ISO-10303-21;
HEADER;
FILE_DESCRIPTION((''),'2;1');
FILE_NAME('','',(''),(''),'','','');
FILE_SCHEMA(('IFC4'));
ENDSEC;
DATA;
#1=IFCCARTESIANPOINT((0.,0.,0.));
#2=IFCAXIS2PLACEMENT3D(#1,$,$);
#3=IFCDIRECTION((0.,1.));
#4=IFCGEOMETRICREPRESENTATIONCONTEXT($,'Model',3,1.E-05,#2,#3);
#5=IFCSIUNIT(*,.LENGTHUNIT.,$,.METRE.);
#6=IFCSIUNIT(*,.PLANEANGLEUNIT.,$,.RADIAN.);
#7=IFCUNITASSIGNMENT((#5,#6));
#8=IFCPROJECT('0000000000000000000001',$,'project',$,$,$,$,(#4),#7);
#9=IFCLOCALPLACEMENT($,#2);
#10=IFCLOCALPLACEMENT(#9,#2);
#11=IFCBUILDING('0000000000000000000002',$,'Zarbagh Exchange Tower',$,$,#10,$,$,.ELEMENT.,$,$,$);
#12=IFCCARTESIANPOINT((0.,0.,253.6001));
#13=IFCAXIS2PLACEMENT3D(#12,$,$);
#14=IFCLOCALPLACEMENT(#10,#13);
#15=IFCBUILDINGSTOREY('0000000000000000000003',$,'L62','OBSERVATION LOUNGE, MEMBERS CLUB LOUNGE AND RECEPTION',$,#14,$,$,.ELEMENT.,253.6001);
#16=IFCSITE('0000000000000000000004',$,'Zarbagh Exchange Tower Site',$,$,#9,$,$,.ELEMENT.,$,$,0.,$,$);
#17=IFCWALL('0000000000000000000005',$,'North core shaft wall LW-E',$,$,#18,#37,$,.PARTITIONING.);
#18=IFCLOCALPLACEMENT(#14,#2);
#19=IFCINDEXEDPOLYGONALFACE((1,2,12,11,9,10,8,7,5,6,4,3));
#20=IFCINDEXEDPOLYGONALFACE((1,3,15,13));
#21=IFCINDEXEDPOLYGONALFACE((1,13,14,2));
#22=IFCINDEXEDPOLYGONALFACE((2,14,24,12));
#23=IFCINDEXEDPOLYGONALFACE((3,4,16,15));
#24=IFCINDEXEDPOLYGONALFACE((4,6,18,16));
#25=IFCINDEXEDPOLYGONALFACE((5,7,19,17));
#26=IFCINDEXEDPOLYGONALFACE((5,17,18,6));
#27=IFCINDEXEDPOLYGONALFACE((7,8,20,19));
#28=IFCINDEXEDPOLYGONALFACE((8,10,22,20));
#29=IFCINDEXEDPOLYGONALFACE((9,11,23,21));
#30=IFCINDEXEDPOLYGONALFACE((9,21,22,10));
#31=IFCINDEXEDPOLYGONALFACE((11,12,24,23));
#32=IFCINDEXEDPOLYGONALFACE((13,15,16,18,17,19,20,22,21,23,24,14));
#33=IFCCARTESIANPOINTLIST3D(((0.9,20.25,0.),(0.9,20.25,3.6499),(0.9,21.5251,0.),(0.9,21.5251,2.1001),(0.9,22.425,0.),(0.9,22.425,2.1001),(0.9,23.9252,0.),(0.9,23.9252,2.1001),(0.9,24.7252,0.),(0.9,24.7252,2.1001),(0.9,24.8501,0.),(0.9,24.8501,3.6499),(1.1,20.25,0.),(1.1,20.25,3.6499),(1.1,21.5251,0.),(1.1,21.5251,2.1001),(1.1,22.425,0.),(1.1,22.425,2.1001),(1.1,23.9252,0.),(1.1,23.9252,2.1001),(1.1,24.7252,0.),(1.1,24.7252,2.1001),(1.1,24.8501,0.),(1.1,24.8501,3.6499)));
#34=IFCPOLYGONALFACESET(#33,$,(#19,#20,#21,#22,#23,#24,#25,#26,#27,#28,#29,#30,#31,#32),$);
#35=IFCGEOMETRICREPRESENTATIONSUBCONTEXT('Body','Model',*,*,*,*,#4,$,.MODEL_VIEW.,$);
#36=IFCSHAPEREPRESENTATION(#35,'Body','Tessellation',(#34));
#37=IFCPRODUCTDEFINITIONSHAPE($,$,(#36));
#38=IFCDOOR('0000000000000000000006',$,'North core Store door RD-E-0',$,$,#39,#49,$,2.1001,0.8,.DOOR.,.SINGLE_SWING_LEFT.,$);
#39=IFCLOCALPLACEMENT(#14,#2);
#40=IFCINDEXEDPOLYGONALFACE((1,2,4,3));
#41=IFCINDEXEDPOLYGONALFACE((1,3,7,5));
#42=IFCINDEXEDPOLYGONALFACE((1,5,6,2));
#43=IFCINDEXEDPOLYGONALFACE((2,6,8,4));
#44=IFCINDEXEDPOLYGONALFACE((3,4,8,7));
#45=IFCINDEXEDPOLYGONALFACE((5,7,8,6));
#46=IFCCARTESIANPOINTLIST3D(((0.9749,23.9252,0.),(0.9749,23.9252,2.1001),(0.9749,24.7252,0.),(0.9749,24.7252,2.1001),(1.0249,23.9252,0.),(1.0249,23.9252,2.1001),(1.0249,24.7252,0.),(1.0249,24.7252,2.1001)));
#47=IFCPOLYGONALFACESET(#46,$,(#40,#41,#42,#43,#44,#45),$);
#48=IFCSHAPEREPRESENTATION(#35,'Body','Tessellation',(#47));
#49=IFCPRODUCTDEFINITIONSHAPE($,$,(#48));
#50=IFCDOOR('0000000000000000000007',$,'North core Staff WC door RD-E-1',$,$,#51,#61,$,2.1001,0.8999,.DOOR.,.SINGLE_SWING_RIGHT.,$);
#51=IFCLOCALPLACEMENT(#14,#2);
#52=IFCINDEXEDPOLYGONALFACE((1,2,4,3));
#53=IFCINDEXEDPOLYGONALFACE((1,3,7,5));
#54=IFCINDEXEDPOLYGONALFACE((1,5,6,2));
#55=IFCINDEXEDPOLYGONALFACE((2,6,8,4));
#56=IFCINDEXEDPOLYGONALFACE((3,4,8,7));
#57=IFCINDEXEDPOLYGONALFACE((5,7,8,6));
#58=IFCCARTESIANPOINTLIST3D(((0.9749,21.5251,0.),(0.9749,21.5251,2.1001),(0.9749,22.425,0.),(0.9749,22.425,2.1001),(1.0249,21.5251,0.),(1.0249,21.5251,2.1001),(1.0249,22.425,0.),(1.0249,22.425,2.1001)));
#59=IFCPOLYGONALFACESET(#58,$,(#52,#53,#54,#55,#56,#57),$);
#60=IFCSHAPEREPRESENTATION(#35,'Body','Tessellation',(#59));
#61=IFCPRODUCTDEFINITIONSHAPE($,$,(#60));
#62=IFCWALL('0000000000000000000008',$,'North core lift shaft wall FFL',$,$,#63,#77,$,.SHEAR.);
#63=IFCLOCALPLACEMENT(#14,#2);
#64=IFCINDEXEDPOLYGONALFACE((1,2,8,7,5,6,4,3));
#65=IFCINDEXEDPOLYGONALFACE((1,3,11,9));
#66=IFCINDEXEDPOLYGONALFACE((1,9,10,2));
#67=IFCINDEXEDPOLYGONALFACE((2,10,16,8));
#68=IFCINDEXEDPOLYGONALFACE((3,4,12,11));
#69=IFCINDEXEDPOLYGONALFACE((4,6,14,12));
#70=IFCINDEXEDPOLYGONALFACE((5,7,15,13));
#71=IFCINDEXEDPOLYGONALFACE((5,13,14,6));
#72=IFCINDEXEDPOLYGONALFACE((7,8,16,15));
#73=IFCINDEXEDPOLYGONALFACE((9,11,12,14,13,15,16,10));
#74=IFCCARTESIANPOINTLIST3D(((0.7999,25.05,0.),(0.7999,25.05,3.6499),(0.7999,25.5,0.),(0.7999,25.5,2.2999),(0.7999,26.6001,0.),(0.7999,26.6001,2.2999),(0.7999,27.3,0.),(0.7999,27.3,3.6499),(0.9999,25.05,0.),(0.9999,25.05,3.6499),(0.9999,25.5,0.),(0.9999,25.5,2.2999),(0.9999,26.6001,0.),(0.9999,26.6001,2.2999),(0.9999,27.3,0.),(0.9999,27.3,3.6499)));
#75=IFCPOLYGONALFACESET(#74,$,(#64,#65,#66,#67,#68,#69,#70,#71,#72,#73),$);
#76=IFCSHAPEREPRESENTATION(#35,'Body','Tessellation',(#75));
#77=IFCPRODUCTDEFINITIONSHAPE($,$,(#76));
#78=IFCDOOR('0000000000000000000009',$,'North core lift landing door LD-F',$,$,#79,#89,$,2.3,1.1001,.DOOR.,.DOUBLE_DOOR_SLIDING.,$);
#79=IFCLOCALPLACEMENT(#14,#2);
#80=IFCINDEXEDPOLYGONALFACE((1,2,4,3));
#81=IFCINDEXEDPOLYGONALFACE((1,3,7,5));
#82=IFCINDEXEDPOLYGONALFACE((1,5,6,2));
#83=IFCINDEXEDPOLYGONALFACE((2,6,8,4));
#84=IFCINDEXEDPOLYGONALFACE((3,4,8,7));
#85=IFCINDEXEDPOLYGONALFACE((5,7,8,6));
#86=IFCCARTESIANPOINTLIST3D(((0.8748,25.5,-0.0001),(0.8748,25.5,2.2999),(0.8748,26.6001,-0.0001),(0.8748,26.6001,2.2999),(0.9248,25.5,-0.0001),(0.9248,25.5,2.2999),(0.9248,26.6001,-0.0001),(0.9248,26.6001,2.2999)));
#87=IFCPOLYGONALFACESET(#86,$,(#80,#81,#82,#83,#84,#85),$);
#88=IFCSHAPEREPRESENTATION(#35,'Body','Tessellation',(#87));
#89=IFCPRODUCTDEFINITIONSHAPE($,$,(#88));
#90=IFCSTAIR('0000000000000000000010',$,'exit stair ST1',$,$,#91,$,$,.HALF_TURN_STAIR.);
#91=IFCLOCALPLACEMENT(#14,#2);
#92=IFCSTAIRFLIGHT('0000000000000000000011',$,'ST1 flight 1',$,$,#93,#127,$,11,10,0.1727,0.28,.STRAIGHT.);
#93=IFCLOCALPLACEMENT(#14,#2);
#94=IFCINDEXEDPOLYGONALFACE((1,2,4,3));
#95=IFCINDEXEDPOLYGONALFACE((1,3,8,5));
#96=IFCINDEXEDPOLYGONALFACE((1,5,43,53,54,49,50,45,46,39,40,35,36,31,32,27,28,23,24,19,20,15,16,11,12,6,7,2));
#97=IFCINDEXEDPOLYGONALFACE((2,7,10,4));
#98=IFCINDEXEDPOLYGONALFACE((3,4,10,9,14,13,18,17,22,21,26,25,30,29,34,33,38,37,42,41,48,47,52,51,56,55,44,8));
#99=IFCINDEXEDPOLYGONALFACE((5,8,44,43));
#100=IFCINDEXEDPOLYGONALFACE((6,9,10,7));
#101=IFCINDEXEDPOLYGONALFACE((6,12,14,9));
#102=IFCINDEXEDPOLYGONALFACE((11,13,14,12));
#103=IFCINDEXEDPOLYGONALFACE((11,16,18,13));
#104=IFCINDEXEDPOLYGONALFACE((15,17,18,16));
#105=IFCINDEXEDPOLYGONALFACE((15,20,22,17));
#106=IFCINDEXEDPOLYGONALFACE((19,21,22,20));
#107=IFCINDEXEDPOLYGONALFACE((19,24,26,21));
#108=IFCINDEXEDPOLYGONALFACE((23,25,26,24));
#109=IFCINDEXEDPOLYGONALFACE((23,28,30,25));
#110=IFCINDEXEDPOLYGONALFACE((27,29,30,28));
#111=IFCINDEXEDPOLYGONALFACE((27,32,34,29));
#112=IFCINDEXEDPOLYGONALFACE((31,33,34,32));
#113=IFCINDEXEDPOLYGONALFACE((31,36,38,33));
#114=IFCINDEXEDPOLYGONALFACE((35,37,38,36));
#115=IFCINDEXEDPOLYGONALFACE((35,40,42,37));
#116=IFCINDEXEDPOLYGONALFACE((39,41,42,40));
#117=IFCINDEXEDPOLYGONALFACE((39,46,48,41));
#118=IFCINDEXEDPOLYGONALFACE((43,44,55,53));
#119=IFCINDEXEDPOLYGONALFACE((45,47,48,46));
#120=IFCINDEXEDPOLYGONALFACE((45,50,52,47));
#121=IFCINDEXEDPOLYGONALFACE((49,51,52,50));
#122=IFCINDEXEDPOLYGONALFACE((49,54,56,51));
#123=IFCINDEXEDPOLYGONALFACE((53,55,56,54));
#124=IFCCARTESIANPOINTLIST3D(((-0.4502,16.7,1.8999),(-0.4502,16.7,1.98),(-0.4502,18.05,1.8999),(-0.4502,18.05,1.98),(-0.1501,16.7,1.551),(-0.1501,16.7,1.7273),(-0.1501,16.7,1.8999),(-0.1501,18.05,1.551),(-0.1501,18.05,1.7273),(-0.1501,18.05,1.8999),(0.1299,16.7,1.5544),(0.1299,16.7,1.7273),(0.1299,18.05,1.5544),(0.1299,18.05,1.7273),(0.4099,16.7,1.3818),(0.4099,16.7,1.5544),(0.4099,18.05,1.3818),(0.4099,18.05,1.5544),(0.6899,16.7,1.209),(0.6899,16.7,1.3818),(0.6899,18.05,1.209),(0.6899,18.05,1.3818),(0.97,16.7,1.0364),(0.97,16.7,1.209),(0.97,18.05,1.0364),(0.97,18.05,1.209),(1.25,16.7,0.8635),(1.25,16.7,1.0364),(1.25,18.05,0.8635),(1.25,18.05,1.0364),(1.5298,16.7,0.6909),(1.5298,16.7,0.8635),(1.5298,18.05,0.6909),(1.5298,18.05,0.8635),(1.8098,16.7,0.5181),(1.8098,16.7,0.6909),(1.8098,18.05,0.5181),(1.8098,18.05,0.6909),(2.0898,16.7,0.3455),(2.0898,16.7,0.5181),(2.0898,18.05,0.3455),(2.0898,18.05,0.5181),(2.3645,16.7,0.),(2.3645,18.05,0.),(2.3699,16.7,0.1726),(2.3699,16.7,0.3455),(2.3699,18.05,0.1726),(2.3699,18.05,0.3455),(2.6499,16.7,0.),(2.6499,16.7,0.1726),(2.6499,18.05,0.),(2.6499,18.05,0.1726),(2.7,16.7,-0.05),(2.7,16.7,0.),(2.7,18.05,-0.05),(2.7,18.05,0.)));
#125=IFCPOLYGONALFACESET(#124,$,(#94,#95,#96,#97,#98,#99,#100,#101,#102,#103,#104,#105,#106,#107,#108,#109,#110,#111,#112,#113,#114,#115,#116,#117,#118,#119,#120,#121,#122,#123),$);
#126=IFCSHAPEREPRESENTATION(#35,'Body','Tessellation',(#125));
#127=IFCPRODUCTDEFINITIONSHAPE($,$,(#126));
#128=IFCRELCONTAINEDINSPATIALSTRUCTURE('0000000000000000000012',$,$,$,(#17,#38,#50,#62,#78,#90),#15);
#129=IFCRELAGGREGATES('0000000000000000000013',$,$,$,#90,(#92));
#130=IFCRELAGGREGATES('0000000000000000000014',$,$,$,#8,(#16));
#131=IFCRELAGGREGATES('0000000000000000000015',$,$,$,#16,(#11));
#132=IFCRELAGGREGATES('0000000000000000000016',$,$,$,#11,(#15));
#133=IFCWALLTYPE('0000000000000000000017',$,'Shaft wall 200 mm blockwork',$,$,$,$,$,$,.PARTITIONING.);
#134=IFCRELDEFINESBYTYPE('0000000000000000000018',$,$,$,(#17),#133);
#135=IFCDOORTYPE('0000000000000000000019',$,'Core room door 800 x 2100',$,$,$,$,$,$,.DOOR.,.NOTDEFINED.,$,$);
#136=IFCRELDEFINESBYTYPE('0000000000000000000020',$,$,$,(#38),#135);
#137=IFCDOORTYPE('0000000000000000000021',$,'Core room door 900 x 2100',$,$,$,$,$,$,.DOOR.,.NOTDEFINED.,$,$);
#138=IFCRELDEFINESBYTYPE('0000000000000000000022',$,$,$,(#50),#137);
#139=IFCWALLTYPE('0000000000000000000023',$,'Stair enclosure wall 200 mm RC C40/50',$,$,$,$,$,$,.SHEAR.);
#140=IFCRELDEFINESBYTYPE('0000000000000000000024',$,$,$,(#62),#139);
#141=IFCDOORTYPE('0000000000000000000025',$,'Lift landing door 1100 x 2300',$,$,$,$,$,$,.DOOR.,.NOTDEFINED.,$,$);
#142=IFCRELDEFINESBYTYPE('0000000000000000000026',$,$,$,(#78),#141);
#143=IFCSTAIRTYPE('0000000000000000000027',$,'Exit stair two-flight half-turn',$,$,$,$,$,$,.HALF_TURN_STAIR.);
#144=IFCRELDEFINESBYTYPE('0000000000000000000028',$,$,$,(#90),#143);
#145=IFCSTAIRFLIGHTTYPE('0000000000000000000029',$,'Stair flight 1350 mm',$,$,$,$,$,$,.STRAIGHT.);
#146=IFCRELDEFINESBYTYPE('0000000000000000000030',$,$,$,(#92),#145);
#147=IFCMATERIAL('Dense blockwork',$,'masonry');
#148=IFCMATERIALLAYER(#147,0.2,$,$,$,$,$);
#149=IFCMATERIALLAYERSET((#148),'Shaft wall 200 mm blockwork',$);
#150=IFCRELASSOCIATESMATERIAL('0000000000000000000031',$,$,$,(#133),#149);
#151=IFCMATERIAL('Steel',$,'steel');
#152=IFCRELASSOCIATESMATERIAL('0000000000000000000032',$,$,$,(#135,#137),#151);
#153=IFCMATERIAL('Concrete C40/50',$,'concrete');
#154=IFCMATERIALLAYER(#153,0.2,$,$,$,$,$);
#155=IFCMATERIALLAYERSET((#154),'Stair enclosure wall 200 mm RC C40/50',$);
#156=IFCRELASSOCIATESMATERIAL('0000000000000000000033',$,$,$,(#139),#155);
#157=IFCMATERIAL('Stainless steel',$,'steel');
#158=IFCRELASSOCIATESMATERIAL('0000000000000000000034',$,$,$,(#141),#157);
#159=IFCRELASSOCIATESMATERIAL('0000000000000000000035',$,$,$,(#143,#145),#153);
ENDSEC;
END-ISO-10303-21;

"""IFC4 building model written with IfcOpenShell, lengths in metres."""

from ifc_helpers import new_model, si_unit, direction, frame, frame_2d, origin, place, context, subcontext, project, spatial, polyline, rectangle, outline, extrude, material, layer, layer_set, type_object, element, fill, aggregate, save


model = new_model("IFC4")

# Units and contexts
model_context = context("Model", 3, precision=1e-05, world=origin(), true_north=direction((0.0, 1.0)))
body_context = subcontext(model_context, "Body", "Model", "MODEL_VIEW")
ifc_project = project(units=[si_unit("LENGTHUNIT", "METRE"), si_unit("PLANEANGLEUNIT", "RADIAN")], contexts=[model_context])

# Site, building, storey
site_placement = place(None, origin())
site = spatial("IfcSite", under=ifc_project, at=site_placement, Name="Zarbagh Exchange Tower Site", CompositionType="ELEMENT", RefElevation=0.0)
building_placement = place(site_placement, origin())
building = spatial("IfcBuilding", under=site, at=building_placement, Name="Zarbagh Exchange Tower", CompositionType="ELEMENT")
storey_placement = place(building_placement, frame((0.0, 0.0, 253.6001)))
storey = spatial("IfcBuildingStorey", under=building, at=storey_placement, Name="L62", Description="OBSERVATION LOUNGE, MEMBERS CLUB LOUNGE AND RECEPTION", CompositionType="ELEMENT", Elevation=253.6001)

# Shared definitions
ifc_material_1 = material(Name="Concrete C40/50", Category="concrete")

# Shared definitions
ifc_material_2 = material(Name="Dense blockwork", Category="masonry")

# Wall, openings, doors
ifc_material_3 = material(Name="Steel", Category="steel")
ifc_layer_1 = layer(ifc_material_2, 0.2)
ifc_layer_set_1 = layer_set([ifc_layer_1], Name="Shaft wall 200 mm blockwork")
wall_type_1 = type_object("IfcWallType", Name="Shaft wall 200 mm blockwork", PredefinedType="PARTITIONING", material=ifc_layer_set_1)
wall_1_placement = place(storey_placement, frame((1.0, 24.8501, 0.0), z_axis=(0.0, 0.0, 1.0), x_axis=(0.0, -1.0, 0.0)))
wall_1 = element("IfcWall", 1, at=wall_1_placement, inside=storey, type_object=wall_type_1, Name="North core shaft wall LW-E", PredefinedType="PARTITIONING", context=body_context, shape_type="SweptSolid", body=[
    extrude(rectangle(XDim=4.6001, YDim=0.2, at=frame_2d((2.3, 0.0))), origin(), (0.0, 0.0, 1.0), 3.6499),
])
opening_1_placement = place(wall_1_placement, frame((0.125, 0.0, 0.0)))
opening_1 = element("IfcOpeningElement", 2, at=opening_1_placement, cuts=wall_1, PredefinedType="OPENING", context=body_context, shape_type="SweptSolid", body=[
    extrude(rectangle(XDim=0.8, YDim=2.1001, at=frame_2d((0.3999, 1.05))), frame((0.0, 0.1099, 0.0), z_axis=(0.0, -1.0, 0.0), x_axis=(1.0, 0.0, 0.0)), (0.0, 0.0, 1.0), 0.22),
])
opening_2_placement = place(wall_1_placement, frame((2.425, 0.0, 0.0)))
opening_2 = element("IfcOpeningElement", 3, at=opening_2_placement, cuts=wall_1, PredefinedType="OPENING", context=body_context, shape_type="SweptSolid", body=[
    extrude(rectangle(XDim=0.8999, YDim=2.1001, at=frame_2d((0.45, 1.05))), frame((0.0, 0.1099, 0.0), z_axis=(0.0, -1.0, 0.0), x_axis=(1.0, 0.0, 0.0)), (0.0, 0.0, 1.0), 0.22),
])
door_type_1 = type_object("IfcDoorType", Name="Core room door 800 x 2100", OperationType="NOTDEFINED", PredefinedType="DOOR", material=ifc_material_3)
door_1_placement = place(opening_1_placement, origin())
door_1 = element("IfcDoor", 4, at=door_1_placement, inside=storey, type_object=door_type_1, Name="North core Store door RD-E-0", OperationType="SINGLE_SWING_LEFT", OverallHeight=2.1001, OverallWidth=0.8, PredefinedType="DOOR", context=body_context, shape_type="SweptSolid", body=[
    extrude(rectangle(XDim=0.8, YDim=2.1001, at=frame_2d((0.3999, 1.05))), frame((0.0, 0.0249, 0.0), z_axis=(0.0, -1.0, 0.0), x_axis=(1.0, 0.0, 0.0)), (0.0, 0.0, 1.0), 0.05),
])
fill(opening_1, door_1)
door_type_2 = type_object("IfcDoorType", Name="Core room door 900 x 2100", OperationType="NOTDEFINED", PredefinedType="DOOR", material=ifc_material_3)
door_2_placement = place(opening_2_placement, origin())
door_2 = element("IfcDoor", 5, at=door_2_placement, inside=storey, type_object=door_type_2, Name="North core Staff WC door RD-E-1", OperationType="SINGLE_SWING_RIGHT", OverallHeight=2.1001, OverallWidth=0.8999, PredefinedType="DOOR", context=body_context, shape_type="SweptSolid", body=[
    extrude(rectangle(XDim=0.8999, YDim=2.1001, at=frame_2d((0.45, 1.05))), frame((0.0, 0.0249, 0.0), z_axis=(0.0, -1.0, 0.0), x_axis=(1.0, 0.0, 0.0)), (0.0, 0.0, 1.0), 0.05),
])
fill(opening_2, door_2)

# Wall, opening, door
ifc_layer_2 = layer(ifc_material_1, 0.2)
ifc_layer_set_2 = layer_set([ifc_layer_2], Name="Stair enclosure wall 200 mm RC C40/50")
wall_type_2 = type_object("IfcWallType", Name="Stair enclosure wall 200 mm RC C40/50", PredefinedType="SHEAR", material=ifc_layer_set_2)
wall_2_placement = place(storey_placement, frame((0.8999, 27.3, 0.0), z_axis=(0.0, 0.0, 1.0), x_axis=(0.0, -1.0, 0.0)))
wall_2 = element("IfcWall", 6, at=wall_2_placement, inside=storey, type_object=wall_type_2, Name="North core lift shaft wall FFL", PredefinedType="SHEAR", context=body_context, shape_type="SweptSolid", body=[
    extrude(rectangle(XDim=2.25, YDim=0.2, at=frame_2d((1.125, 0.0))), origin(), (0.0, 0.0, 1.0), 3.6499),
])
opening_3_placement = place(wall_2_placement, frame((0.7, 0.0, 0.0)))
opening_3 = element("IfcOpeningElement", 7, at=opening_3_placement, cuts=wall_2, PredefinedType="OPENING", context=body_context, shape_type="SweptSolid", body=[
    extrude(rectangle(XDim=1.1001, YDim=2.3, at=frame_2d((0.55, 1.1499))), frame((0.0, 0.1099, 0.0), z_axis=(0.0, -1.0, 0.0), x_axis=(1.0, 0.0, 0.0)), (0.0, 0.0, 1.0), 0.22),
])
ifc_material_4 = material(Name="Stainless steel", Category="steel")
door_type_3 = type_object("IfcDoorType", Name="Lift landing door 1100 x 2300", OperationType="NOTDEFINED", PredefinedType="DOOR", material=ifc_material_4)
door_3_placement = place(opening_3_placement, origin())
door_3 = element("IfcDoor", 8, at=door_3_placement, inside=storey, type_object=door_type_3, Name="North core lift landing door LD-F", OperationType="DOUBLE_DOOR_SLIDING", OverallHeight=2.3, OverallWidth=1.1001, PredefinedType="DOOR", context=body_context, shape_type="SweptSolid", body=[
    extrude(rectangle(XDim=1.1001, YDim=2.3, at=frame_2d((0.55, 1.1499))), frame((0.0, 0.0249, 0.0), z_axis=(0.0, -1.0, 0.0), x_axis=(1.0, 0.0, 0.0)), (0.0, 0.0, 1.0), 0.05),
])
fill(opening_3, door_3)

# Stair, stair flight
stair_type = type_object("IfcStairType", Name="Exit stair two-flight half-turn", PredefinedType="HALF_TURN_STAIR", material=ifc_material_1)
stair_placement = place(storey_placement, origin())
stair = element("IfcStair", 9, at=stair_placement, inside=storey, type_object=stair_type, Name="exit stair ST1", PredefinedType="HALF_TURN_STAIR")
stair_flight_type = type_object("IfcStairFlightType", Name="Stair flight 1350 mm", PredefinedType="STRAIGHT", material=ifc_material_1)
stair_flight_placement = place(storey_placement, frame((2.6499, 17.375, 0.0), z_axis=(0.0, 0.0, 1.0), x_axis=(-1.0, 0.0, 0.0)))
stair_flight = element("IfcStairFlight", 10, at=stair_flight_placement, type_object=stair_flight_type, Name="ST1 flight 1", NumberOfRisers=11, NumberOfTreads=10, PredefinedType="STRAIGHT", RiserHeight=0.1727, TreadLength=0.28, context=body_context, shape_type="SweptSolid", body=[
    extrude(outline(polyline([(-0.05, -0.05), (-0.05, 0.0), (0.0, 0.0), (0.0, 0.1726), (0.28, 0.1726), (0.28, 0.3455), (0.5601, 0.3455), (0.5601, 0.5181), (0.8401, 0.5181), (0.8401, 0.6909), (1.1201, 0.6909), (1.1201, 0.8635), (1.3999, 0.8635), (1.3999, 1.0364), (1.6799, 1.0364), (1.6799, 1.209), (1.96, 1.209), (1.96, 1.3818), (2.24, 1.3818), (2.24, 1.5544), (2.52, 1.5544), (2.52, 1.7273), (2.8, 1.7273), (2.8, 1.8999), (3.1001, 1.98), (3.1001, 1.8999), (2.8, 1.551), (0.2854, 0.0), (-0.05, -0.05)])), frame((0.0, 0.675, 0.0), z_axis=(0.0, -1.0, 0.0), x_axis=(1.0, 0.0, 0.0)), (0.0, 0.0, 1.0), 1.3501),
])
aggregate(stair, [stair_flight])

save(model, "model.ifc")
